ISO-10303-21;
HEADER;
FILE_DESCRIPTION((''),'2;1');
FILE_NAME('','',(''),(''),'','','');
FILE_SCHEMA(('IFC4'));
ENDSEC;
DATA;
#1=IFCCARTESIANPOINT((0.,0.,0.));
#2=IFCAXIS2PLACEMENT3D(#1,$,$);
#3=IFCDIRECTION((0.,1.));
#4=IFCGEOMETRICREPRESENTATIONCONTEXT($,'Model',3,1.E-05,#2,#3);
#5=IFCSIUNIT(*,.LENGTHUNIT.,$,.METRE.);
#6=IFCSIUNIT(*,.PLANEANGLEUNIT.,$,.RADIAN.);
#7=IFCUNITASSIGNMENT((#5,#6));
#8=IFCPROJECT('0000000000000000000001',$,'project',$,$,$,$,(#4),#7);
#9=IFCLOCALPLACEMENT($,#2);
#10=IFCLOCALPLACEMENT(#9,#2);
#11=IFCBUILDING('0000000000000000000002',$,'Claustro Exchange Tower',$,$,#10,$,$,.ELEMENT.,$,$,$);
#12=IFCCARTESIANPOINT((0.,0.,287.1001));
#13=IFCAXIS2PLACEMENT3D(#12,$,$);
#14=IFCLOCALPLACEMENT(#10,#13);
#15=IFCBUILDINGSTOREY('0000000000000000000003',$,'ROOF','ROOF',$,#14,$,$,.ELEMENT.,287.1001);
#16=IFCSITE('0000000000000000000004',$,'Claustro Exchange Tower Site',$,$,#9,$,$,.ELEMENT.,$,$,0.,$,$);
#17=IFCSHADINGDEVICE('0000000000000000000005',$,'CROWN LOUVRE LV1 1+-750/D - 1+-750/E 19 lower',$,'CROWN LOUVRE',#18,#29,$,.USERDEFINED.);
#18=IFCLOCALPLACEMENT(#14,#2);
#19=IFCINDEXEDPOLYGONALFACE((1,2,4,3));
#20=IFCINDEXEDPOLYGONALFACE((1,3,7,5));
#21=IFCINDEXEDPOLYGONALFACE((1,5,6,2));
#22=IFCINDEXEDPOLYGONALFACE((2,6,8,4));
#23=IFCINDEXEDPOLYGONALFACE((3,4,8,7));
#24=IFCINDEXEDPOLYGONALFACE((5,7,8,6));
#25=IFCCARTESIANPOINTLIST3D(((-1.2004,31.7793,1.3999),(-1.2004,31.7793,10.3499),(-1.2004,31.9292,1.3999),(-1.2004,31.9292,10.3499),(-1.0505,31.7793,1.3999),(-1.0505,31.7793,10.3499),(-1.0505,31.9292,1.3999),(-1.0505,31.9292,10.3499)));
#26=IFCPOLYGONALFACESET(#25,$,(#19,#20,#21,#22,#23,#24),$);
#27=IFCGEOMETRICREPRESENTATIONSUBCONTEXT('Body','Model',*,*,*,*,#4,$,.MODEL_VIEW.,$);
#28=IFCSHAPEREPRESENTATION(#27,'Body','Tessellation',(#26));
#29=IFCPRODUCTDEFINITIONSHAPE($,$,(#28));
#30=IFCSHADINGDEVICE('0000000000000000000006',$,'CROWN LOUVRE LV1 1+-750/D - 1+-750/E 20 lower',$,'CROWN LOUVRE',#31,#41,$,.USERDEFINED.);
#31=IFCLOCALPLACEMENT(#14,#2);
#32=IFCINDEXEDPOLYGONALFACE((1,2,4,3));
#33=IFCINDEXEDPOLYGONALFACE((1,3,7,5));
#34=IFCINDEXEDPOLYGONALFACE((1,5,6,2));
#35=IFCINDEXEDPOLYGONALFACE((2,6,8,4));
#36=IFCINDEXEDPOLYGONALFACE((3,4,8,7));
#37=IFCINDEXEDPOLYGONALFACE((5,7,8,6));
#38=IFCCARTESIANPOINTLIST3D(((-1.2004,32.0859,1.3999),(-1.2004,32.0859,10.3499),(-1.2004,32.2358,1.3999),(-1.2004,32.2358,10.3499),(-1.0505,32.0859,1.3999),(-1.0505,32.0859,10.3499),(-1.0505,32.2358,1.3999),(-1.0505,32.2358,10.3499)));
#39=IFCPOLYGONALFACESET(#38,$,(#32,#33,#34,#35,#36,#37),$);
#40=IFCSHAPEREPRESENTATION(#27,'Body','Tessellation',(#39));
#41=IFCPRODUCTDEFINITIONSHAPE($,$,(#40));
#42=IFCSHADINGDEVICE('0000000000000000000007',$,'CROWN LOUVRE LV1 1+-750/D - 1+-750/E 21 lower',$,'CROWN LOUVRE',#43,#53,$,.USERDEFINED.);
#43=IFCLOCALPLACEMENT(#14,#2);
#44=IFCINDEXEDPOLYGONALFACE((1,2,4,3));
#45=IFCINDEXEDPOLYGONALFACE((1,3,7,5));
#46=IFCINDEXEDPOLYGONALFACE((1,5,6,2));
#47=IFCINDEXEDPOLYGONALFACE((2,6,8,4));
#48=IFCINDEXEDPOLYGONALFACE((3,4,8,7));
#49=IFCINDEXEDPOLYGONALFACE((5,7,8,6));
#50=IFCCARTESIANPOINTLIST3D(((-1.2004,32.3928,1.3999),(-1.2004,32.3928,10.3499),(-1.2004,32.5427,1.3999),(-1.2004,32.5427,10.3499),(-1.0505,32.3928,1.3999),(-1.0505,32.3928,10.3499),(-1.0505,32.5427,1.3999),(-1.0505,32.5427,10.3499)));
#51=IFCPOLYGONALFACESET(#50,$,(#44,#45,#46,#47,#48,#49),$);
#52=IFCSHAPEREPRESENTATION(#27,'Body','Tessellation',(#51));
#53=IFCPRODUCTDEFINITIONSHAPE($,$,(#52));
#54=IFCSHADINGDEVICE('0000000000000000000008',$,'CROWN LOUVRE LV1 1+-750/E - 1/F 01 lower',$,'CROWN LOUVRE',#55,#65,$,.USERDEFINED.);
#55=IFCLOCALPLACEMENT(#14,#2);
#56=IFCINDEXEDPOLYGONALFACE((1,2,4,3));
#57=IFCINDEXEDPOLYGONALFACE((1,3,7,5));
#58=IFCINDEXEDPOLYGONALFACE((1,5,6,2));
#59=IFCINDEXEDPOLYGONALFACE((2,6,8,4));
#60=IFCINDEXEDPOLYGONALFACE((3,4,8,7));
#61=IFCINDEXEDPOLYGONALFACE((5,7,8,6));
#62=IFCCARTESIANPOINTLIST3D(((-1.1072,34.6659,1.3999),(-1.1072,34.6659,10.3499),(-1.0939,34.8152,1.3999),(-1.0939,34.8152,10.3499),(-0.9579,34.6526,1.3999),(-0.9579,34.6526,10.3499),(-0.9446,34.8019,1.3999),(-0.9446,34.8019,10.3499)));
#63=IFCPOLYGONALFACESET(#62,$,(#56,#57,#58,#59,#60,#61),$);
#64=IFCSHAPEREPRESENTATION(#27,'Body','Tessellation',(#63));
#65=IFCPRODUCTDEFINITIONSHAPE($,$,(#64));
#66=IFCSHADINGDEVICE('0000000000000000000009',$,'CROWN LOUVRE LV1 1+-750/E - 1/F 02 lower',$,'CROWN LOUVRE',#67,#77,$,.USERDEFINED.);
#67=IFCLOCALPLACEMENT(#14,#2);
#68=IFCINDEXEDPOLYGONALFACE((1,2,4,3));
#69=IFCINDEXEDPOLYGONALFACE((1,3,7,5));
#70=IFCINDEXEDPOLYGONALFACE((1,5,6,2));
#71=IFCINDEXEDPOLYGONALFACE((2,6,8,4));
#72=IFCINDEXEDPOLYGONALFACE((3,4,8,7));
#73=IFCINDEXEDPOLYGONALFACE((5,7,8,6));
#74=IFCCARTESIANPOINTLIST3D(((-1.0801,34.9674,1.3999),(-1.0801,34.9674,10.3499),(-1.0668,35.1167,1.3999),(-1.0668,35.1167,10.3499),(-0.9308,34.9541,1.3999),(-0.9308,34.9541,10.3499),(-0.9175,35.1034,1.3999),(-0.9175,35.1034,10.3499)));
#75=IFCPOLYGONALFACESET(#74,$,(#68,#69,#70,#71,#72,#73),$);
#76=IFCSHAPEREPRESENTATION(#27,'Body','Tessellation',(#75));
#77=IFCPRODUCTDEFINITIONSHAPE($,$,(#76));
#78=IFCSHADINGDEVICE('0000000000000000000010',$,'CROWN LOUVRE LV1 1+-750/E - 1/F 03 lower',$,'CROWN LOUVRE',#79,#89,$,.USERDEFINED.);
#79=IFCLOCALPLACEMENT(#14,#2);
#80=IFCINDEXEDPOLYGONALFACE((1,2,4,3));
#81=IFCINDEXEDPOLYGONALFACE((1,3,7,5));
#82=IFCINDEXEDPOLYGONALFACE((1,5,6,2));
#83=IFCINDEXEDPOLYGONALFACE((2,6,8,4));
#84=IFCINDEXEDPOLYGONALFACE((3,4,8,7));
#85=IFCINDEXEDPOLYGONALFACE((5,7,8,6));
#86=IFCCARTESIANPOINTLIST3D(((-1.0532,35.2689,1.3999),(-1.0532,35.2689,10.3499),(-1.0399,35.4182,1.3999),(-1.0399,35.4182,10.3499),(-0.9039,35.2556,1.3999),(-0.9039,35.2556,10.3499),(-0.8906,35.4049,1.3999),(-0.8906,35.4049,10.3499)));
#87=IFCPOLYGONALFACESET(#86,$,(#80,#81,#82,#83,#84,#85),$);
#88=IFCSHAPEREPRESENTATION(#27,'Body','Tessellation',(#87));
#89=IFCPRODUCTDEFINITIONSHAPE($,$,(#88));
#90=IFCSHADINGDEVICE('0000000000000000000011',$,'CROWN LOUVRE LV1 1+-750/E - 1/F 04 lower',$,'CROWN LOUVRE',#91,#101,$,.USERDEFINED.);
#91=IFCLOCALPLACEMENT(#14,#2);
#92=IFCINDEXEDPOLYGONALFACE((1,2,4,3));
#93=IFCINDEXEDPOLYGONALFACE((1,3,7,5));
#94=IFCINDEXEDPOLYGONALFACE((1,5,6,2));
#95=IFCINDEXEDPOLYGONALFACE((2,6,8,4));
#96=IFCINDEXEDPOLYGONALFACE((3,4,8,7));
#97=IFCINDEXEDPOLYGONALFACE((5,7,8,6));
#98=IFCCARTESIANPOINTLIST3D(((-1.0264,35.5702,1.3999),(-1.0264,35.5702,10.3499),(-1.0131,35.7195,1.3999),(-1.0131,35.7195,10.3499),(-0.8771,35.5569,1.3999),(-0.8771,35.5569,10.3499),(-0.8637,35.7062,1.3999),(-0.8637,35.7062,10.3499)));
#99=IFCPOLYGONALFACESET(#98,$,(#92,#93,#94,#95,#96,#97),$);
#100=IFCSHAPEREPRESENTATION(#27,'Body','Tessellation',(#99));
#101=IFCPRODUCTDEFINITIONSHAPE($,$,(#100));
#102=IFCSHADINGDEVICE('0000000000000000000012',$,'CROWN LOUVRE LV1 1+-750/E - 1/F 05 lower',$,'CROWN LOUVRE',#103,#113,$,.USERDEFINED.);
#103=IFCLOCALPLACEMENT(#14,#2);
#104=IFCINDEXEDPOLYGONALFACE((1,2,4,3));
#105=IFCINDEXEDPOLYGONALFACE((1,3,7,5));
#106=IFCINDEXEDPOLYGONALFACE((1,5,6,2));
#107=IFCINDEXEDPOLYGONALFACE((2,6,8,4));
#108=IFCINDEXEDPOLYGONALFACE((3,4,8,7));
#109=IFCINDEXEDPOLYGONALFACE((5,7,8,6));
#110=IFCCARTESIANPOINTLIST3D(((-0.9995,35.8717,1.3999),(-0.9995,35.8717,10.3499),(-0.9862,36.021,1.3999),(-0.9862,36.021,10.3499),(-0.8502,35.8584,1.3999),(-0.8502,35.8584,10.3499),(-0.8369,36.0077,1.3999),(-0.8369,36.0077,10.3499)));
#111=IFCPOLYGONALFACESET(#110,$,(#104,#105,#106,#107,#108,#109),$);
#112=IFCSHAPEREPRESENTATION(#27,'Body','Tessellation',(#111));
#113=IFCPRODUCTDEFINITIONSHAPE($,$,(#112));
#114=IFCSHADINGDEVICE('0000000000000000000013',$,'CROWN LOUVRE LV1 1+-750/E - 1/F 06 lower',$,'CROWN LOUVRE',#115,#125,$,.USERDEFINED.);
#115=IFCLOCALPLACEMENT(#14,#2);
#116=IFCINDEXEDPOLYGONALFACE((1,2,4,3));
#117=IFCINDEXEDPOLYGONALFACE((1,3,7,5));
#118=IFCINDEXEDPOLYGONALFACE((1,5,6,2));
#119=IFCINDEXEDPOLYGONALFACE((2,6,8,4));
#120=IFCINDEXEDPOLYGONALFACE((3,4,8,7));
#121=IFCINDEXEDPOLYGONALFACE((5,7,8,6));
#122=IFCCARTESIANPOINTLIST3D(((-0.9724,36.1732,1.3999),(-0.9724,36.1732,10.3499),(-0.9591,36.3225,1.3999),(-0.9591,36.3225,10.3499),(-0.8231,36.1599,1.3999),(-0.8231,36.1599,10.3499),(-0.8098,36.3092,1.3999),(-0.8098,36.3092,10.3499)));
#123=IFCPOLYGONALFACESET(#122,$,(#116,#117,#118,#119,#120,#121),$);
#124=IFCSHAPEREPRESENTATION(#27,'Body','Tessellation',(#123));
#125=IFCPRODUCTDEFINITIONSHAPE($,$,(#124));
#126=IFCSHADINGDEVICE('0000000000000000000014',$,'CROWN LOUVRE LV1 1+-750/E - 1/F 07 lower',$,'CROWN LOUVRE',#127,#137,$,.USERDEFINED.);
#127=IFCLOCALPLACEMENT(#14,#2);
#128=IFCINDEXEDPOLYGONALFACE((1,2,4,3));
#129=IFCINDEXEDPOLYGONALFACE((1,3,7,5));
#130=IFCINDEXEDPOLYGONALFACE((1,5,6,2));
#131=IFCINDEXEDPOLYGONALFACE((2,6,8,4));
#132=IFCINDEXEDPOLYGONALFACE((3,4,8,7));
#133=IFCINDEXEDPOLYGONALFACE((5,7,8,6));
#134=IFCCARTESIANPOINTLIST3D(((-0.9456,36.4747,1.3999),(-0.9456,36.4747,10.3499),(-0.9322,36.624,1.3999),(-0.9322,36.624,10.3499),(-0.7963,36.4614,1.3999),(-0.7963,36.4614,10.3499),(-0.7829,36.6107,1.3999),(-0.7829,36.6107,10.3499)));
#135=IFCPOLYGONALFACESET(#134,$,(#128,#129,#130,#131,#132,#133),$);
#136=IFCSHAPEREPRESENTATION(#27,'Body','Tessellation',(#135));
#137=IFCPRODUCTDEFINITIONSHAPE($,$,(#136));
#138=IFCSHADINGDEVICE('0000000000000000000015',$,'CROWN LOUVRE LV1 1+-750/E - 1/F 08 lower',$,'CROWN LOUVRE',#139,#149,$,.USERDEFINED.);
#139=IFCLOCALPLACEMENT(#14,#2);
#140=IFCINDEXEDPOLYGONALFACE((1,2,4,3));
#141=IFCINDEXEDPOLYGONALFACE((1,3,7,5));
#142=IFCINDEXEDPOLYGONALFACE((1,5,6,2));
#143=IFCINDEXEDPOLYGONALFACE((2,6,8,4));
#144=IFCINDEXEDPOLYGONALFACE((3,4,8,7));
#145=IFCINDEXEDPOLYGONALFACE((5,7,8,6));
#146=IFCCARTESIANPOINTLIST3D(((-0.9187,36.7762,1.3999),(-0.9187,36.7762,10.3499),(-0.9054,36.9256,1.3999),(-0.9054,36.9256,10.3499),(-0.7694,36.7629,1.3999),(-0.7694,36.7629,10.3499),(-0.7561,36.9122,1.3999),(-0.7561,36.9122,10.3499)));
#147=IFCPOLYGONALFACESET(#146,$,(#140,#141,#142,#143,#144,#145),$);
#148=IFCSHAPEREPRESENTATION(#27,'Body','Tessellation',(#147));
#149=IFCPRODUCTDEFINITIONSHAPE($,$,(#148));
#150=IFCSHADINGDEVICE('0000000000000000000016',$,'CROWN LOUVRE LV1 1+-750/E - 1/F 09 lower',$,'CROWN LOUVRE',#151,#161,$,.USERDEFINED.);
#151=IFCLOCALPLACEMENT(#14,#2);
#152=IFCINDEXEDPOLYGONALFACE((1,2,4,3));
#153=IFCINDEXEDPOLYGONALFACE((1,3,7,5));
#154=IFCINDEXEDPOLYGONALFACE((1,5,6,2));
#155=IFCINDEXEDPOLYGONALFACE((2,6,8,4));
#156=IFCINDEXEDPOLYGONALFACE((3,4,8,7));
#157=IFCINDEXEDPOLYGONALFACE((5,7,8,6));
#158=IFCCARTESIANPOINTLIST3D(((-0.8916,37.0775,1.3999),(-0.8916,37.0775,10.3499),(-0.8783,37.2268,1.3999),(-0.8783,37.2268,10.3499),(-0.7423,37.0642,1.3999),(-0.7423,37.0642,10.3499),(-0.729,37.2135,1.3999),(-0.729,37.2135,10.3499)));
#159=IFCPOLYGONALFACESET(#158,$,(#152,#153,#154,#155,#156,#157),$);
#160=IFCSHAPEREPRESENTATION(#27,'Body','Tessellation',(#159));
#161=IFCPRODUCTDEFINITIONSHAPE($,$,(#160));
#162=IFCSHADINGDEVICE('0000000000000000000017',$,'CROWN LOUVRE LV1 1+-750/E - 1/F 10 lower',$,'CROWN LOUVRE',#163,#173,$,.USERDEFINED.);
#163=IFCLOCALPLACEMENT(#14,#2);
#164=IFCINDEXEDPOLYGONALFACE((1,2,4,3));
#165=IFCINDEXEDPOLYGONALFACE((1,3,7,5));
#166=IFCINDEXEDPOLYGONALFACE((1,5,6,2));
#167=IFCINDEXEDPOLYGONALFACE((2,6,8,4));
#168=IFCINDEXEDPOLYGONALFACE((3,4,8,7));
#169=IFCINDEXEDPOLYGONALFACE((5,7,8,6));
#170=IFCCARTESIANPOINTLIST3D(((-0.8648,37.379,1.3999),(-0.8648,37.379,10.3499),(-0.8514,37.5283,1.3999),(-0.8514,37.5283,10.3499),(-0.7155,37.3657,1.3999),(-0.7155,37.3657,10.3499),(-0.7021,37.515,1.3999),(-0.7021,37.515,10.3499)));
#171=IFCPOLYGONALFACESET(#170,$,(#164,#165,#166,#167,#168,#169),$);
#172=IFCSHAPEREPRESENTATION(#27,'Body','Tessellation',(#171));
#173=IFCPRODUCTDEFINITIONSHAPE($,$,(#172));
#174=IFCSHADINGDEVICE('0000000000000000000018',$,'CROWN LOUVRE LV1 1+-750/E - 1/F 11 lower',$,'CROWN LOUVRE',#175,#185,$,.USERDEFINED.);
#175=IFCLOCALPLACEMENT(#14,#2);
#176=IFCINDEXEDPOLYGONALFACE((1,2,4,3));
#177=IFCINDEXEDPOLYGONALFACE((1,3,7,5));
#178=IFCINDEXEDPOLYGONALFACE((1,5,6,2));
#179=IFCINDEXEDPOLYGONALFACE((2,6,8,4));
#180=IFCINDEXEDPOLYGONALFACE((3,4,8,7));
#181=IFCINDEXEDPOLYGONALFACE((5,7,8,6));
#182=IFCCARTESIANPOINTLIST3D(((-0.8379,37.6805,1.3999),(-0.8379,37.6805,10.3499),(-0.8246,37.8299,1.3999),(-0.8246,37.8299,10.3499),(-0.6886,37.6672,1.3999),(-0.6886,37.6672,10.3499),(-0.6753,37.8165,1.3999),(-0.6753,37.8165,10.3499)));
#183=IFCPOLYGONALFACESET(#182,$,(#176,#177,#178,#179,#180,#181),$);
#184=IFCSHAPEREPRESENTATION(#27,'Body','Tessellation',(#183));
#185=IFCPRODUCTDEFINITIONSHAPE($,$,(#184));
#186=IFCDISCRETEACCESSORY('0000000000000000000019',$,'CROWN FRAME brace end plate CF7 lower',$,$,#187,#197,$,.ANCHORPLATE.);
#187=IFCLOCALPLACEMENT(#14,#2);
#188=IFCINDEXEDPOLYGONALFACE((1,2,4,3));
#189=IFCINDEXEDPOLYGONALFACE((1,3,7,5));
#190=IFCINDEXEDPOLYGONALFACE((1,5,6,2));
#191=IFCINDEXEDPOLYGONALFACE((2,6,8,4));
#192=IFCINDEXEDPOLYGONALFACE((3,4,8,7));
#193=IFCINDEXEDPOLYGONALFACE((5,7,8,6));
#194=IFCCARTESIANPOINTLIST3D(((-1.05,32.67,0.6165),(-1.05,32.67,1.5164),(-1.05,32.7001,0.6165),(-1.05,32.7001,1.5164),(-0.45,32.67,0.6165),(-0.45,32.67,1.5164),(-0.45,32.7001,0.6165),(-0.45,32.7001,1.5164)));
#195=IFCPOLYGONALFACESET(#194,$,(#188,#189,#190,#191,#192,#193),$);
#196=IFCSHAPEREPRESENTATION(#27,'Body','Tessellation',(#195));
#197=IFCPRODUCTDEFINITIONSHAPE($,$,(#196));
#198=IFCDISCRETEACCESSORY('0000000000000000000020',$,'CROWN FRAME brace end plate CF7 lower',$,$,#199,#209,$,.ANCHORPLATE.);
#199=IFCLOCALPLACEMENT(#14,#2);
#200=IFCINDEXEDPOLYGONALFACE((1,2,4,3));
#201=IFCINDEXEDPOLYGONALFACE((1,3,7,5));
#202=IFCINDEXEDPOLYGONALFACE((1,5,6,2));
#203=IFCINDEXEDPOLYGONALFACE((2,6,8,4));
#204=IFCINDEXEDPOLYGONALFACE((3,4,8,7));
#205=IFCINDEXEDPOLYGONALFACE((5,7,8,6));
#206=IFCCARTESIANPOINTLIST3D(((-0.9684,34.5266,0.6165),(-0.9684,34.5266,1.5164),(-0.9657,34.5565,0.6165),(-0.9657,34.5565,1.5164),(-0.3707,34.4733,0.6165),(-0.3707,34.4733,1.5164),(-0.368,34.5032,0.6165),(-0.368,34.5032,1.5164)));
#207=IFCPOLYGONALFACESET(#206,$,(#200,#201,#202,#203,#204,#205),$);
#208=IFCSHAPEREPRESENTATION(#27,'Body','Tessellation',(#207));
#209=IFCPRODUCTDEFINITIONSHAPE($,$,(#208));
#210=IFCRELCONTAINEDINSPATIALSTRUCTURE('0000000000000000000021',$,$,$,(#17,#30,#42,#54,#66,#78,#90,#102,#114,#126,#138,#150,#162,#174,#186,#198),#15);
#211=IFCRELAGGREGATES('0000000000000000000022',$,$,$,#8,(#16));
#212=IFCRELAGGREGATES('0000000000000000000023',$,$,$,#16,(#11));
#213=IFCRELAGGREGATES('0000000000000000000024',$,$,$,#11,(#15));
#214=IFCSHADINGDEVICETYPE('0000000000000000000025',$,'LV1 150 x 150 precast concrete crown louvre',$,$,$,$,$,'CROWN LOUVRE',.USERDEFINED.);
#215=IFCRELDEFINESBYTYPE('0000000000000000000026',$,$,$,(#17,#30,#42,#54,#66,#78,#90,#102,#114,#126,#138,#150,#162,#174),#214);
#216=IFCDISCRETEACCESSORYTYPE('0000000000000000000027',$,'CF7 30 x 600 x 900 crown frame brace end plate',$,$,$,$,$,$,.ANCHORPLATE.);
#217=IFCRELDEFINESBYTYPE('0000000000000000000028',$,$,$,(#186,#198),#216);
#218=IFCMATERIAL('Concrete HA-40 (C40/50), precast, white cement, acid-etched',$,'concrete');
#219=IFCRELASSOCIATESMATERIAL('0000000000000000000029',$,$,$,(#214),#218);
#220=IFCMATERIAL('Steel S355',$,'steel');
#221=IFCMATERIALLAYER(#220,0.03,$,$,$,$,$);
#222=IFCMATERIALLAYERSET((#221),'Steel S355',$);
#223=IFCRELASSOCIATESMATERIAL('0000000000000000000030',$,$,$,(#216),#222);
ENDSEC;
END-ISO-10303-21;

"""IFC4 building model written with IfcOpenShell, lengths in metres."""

from ifc_helpers import new_model, si_unit, direction, frame, origin, origin_2d, place, context, subcontext, project, spatial, rectangle, extrude, material, layer, layer_set, type_object, element, save


model = new_model("IFC4")

# Units and contexts
model_context = context("Model", 3, precision=1e-05, world=origin(), true_north=direction((0.0, 1.0)))
body_context = subcontext(model_context, "Body", "Model", "MODEL_VIEW")
ifc_project = project(units=[si_unit("LENGTHUNIT", "METRE"), si_unit("PLANEANGLEUNIT", "RADIAN")], contexts=[model_context])

# Site, building, storey
site_placement = place(None, origin())
site = spatial("IfcSite", under=ifc_project, at=site_placement, Name="Claustro Exchange Tower Site", CompositionType="ELEMENT", RefElevation=0.0)
building_placement = place(site_placement, origin())
building = spatial("IfcBuilding", under=site, at=building_placement, Name="Claustro Exchange Tower", CompositionType="ELEMENT")
storey_placement = place(building_placement, frame((0.0, 0.0, 287.1001)))
storey = spatial("IfcBuildingStorey", under=building, at=storey_placement, Name="ROOF", Description="ROOF", CompositionType="ELEMENT", Elevation=287.1001)

# Shading devices
ifc_material_1 = material(Name="Concrete HA-40 (C40/50), precast, white cement, acid-etched", Category="concrete")
shading_device_type = type_object("IfcShadingDeviceType", Name="LV1 150 x 150 precast concrete crown louvre", ElementType="CROWN LOUVRE", PredefinedType="USERDEFINED", material=ifc_material_1)
for number, where, z_axis, x_axis, name in (
    (1, (-1.1255, 31.8542, 1.3999), (0.0, 0.0, 1.0), (0.0, 1.0, 0.0), "CROWN LOUVRE LV1 1+-750/D - 1+-750/E 19 lower"),
    (2, (-1.1255, 32.1609, 1.3999), (0.0, 0.0, 1.0), (0.0, 1.0, 0.0), "CROWN LOUVRE LV1 1+-750/D - 1+-750/E 20 lower"),
    (3, (-1.1255, 32.4678, 1.3999), (0.0, 0.0, 1.0), (0.0, 1.0, 0.0), "CROWN LOUVRE LV1 1+-750/D - 1+-750/E 21 lower"),
    (4, (-1.0259, 34.7339, 1.3999), (0.0, 0.0, 1.0), (0.088933, 0.996038, 0.0), "CROWN LOUVRE LV1 1+-750/E - 1/F 01 lower"),
    (5, (-0.9988, 35.0354, 1.3999), (0.0, 0.0, 1.0), (0.088933, 0.996038, 0.0), "CROWN LOUVRE LV1 1+-750/E - 1/F 02 lower"),
    (6, (-0.9719, 35.3369, 1.3999), (0.0, 0.0, 1.0), (0.088933, 0.996038, 0.0), "CROWN LOUVRE LV1 1+-750/E - 1/F 03 lower"),
    (7, (-0.9451, 35.6382, 1.3999), (0.0, 0.0, 1.0), (0.088933, 0.996038, 0.0), "CROWN LOUVRE LV1 1+-750/E - 1/F 04 lower"),
    (8, (-0.9182, 35.9397, 1.3999), (0.0, 0.0, 1.0), (0.088933, 0.996038, 0.0), "CROWN LOUVRE LV1 1+-750/E - 1/F 05 lower"),
    (9, (-0.8911, 36.2412, 1.3999), (0.0, 0.0, 1.0), (0.088933, 0.996038, 0.0), "CROWN LOUVRE LV1 1+-750/E - 1/F 06 lower"),
    (10, (-0.8643, 36.5427, 1.3999), (0.0, 0.0, 1.0), (0.088933, 0.996038, 0.0), "CROWN LOUVRE LV1 1+-750/E - 1/F 07 lower"),
    (11, (-0.8374, 36.8442, 1.3999), (0.0, 0.0, 1.0), (0.088933, 0.996038, 0.0), "CROWN LOUVRE LV1 1+-750/E - 1/F 08 lower"),
    (12, (-0.8103, 37.1455, 1.3999), (0.0, 0.0, 1.0), (0.088933, 0.996038, 0.0), "CROWN LOUVRE LV1 1+-750/E - 1/F 09 lower"),
    (13, (-0.7834, 37.447, 1.3999), (0.0, 0.0, 1.0), (0.088933, 0.996038, 0.0), "CROWN LOUVRE LV1 1+-750/E - 1/F 10 lower"),
    (14, (-0.7566, 37.7485, 1.3999), (0.0, 0.0, 1.0), (0.088933, 0.996038, 0.0), "CROWN LOUVRE LV1 1+-750/E - 1/F 11 lower"),
):
    element("IfcShadingDevice", number, at=place(storey_placement, frame(where, z_axis=z_axis, x_axis=x_axis)), inside=storey, type_object=shading_device_type, Name=name, ObjectType="CROWN LOUVRE", PredefinedType="USERDEFINED", context=body_context, shape_type="SweptSolid", body=[
        extrude(rectangle(XDim=0.1499, YDim=0.1499, at=origin_2d()), origin(), (0.0, 0.0, 1.0), 8.95),
    ])

# Discrete accessories
ifc_material_2 = material(Name="Steel S355", Category="steel")
ifc_layer_1 = layer(ifc_material_2, 0.03)
ifc_layer_set_1 = layer_set([ifc_layer_1], Name="Steel S355")
discrete_accessory_type = type_object("IfcDiscreteAccessoryType", Name="CF7 30 x 600 x 900 crown frame brace end plate", PredefinedType="ANCHORPLATE", material=ifc_layer_set_1)
for number, where, z_axis, x_axis, name in (
    (15, (-0.75, 32.6851, 0.6165), (0.0, 0.0, 1.0), (0.0, -1.0, 0.0), "CROWN FRAME brace end plate CF7 lower"),
    (16, (-0.6682, 34.5149, 0.6165), (0.0, 0.0, 1.0), (0.088933, 0.996038, 0.0), "CROWN FRAME brace end plate CF7 lower"),
):
    element("IfcDiscreteAccessory", number, at=place(storey_placement, frame(where, z_axis=z_axis, x_axis=x_axis)), inside=storey, type_object=discrete_accessory_type, Name=name, PredefinedType="ANCHORPLATE", context=body_context, shape_type="SweptSolid", body=[
        extrude(rectangle(XDim=0.03, YDim=0.6001, at=origin_2d()), origin(), (0.0, 0.0, 1.0), 0.8999),
    ])

save(model, "model.ifc")
